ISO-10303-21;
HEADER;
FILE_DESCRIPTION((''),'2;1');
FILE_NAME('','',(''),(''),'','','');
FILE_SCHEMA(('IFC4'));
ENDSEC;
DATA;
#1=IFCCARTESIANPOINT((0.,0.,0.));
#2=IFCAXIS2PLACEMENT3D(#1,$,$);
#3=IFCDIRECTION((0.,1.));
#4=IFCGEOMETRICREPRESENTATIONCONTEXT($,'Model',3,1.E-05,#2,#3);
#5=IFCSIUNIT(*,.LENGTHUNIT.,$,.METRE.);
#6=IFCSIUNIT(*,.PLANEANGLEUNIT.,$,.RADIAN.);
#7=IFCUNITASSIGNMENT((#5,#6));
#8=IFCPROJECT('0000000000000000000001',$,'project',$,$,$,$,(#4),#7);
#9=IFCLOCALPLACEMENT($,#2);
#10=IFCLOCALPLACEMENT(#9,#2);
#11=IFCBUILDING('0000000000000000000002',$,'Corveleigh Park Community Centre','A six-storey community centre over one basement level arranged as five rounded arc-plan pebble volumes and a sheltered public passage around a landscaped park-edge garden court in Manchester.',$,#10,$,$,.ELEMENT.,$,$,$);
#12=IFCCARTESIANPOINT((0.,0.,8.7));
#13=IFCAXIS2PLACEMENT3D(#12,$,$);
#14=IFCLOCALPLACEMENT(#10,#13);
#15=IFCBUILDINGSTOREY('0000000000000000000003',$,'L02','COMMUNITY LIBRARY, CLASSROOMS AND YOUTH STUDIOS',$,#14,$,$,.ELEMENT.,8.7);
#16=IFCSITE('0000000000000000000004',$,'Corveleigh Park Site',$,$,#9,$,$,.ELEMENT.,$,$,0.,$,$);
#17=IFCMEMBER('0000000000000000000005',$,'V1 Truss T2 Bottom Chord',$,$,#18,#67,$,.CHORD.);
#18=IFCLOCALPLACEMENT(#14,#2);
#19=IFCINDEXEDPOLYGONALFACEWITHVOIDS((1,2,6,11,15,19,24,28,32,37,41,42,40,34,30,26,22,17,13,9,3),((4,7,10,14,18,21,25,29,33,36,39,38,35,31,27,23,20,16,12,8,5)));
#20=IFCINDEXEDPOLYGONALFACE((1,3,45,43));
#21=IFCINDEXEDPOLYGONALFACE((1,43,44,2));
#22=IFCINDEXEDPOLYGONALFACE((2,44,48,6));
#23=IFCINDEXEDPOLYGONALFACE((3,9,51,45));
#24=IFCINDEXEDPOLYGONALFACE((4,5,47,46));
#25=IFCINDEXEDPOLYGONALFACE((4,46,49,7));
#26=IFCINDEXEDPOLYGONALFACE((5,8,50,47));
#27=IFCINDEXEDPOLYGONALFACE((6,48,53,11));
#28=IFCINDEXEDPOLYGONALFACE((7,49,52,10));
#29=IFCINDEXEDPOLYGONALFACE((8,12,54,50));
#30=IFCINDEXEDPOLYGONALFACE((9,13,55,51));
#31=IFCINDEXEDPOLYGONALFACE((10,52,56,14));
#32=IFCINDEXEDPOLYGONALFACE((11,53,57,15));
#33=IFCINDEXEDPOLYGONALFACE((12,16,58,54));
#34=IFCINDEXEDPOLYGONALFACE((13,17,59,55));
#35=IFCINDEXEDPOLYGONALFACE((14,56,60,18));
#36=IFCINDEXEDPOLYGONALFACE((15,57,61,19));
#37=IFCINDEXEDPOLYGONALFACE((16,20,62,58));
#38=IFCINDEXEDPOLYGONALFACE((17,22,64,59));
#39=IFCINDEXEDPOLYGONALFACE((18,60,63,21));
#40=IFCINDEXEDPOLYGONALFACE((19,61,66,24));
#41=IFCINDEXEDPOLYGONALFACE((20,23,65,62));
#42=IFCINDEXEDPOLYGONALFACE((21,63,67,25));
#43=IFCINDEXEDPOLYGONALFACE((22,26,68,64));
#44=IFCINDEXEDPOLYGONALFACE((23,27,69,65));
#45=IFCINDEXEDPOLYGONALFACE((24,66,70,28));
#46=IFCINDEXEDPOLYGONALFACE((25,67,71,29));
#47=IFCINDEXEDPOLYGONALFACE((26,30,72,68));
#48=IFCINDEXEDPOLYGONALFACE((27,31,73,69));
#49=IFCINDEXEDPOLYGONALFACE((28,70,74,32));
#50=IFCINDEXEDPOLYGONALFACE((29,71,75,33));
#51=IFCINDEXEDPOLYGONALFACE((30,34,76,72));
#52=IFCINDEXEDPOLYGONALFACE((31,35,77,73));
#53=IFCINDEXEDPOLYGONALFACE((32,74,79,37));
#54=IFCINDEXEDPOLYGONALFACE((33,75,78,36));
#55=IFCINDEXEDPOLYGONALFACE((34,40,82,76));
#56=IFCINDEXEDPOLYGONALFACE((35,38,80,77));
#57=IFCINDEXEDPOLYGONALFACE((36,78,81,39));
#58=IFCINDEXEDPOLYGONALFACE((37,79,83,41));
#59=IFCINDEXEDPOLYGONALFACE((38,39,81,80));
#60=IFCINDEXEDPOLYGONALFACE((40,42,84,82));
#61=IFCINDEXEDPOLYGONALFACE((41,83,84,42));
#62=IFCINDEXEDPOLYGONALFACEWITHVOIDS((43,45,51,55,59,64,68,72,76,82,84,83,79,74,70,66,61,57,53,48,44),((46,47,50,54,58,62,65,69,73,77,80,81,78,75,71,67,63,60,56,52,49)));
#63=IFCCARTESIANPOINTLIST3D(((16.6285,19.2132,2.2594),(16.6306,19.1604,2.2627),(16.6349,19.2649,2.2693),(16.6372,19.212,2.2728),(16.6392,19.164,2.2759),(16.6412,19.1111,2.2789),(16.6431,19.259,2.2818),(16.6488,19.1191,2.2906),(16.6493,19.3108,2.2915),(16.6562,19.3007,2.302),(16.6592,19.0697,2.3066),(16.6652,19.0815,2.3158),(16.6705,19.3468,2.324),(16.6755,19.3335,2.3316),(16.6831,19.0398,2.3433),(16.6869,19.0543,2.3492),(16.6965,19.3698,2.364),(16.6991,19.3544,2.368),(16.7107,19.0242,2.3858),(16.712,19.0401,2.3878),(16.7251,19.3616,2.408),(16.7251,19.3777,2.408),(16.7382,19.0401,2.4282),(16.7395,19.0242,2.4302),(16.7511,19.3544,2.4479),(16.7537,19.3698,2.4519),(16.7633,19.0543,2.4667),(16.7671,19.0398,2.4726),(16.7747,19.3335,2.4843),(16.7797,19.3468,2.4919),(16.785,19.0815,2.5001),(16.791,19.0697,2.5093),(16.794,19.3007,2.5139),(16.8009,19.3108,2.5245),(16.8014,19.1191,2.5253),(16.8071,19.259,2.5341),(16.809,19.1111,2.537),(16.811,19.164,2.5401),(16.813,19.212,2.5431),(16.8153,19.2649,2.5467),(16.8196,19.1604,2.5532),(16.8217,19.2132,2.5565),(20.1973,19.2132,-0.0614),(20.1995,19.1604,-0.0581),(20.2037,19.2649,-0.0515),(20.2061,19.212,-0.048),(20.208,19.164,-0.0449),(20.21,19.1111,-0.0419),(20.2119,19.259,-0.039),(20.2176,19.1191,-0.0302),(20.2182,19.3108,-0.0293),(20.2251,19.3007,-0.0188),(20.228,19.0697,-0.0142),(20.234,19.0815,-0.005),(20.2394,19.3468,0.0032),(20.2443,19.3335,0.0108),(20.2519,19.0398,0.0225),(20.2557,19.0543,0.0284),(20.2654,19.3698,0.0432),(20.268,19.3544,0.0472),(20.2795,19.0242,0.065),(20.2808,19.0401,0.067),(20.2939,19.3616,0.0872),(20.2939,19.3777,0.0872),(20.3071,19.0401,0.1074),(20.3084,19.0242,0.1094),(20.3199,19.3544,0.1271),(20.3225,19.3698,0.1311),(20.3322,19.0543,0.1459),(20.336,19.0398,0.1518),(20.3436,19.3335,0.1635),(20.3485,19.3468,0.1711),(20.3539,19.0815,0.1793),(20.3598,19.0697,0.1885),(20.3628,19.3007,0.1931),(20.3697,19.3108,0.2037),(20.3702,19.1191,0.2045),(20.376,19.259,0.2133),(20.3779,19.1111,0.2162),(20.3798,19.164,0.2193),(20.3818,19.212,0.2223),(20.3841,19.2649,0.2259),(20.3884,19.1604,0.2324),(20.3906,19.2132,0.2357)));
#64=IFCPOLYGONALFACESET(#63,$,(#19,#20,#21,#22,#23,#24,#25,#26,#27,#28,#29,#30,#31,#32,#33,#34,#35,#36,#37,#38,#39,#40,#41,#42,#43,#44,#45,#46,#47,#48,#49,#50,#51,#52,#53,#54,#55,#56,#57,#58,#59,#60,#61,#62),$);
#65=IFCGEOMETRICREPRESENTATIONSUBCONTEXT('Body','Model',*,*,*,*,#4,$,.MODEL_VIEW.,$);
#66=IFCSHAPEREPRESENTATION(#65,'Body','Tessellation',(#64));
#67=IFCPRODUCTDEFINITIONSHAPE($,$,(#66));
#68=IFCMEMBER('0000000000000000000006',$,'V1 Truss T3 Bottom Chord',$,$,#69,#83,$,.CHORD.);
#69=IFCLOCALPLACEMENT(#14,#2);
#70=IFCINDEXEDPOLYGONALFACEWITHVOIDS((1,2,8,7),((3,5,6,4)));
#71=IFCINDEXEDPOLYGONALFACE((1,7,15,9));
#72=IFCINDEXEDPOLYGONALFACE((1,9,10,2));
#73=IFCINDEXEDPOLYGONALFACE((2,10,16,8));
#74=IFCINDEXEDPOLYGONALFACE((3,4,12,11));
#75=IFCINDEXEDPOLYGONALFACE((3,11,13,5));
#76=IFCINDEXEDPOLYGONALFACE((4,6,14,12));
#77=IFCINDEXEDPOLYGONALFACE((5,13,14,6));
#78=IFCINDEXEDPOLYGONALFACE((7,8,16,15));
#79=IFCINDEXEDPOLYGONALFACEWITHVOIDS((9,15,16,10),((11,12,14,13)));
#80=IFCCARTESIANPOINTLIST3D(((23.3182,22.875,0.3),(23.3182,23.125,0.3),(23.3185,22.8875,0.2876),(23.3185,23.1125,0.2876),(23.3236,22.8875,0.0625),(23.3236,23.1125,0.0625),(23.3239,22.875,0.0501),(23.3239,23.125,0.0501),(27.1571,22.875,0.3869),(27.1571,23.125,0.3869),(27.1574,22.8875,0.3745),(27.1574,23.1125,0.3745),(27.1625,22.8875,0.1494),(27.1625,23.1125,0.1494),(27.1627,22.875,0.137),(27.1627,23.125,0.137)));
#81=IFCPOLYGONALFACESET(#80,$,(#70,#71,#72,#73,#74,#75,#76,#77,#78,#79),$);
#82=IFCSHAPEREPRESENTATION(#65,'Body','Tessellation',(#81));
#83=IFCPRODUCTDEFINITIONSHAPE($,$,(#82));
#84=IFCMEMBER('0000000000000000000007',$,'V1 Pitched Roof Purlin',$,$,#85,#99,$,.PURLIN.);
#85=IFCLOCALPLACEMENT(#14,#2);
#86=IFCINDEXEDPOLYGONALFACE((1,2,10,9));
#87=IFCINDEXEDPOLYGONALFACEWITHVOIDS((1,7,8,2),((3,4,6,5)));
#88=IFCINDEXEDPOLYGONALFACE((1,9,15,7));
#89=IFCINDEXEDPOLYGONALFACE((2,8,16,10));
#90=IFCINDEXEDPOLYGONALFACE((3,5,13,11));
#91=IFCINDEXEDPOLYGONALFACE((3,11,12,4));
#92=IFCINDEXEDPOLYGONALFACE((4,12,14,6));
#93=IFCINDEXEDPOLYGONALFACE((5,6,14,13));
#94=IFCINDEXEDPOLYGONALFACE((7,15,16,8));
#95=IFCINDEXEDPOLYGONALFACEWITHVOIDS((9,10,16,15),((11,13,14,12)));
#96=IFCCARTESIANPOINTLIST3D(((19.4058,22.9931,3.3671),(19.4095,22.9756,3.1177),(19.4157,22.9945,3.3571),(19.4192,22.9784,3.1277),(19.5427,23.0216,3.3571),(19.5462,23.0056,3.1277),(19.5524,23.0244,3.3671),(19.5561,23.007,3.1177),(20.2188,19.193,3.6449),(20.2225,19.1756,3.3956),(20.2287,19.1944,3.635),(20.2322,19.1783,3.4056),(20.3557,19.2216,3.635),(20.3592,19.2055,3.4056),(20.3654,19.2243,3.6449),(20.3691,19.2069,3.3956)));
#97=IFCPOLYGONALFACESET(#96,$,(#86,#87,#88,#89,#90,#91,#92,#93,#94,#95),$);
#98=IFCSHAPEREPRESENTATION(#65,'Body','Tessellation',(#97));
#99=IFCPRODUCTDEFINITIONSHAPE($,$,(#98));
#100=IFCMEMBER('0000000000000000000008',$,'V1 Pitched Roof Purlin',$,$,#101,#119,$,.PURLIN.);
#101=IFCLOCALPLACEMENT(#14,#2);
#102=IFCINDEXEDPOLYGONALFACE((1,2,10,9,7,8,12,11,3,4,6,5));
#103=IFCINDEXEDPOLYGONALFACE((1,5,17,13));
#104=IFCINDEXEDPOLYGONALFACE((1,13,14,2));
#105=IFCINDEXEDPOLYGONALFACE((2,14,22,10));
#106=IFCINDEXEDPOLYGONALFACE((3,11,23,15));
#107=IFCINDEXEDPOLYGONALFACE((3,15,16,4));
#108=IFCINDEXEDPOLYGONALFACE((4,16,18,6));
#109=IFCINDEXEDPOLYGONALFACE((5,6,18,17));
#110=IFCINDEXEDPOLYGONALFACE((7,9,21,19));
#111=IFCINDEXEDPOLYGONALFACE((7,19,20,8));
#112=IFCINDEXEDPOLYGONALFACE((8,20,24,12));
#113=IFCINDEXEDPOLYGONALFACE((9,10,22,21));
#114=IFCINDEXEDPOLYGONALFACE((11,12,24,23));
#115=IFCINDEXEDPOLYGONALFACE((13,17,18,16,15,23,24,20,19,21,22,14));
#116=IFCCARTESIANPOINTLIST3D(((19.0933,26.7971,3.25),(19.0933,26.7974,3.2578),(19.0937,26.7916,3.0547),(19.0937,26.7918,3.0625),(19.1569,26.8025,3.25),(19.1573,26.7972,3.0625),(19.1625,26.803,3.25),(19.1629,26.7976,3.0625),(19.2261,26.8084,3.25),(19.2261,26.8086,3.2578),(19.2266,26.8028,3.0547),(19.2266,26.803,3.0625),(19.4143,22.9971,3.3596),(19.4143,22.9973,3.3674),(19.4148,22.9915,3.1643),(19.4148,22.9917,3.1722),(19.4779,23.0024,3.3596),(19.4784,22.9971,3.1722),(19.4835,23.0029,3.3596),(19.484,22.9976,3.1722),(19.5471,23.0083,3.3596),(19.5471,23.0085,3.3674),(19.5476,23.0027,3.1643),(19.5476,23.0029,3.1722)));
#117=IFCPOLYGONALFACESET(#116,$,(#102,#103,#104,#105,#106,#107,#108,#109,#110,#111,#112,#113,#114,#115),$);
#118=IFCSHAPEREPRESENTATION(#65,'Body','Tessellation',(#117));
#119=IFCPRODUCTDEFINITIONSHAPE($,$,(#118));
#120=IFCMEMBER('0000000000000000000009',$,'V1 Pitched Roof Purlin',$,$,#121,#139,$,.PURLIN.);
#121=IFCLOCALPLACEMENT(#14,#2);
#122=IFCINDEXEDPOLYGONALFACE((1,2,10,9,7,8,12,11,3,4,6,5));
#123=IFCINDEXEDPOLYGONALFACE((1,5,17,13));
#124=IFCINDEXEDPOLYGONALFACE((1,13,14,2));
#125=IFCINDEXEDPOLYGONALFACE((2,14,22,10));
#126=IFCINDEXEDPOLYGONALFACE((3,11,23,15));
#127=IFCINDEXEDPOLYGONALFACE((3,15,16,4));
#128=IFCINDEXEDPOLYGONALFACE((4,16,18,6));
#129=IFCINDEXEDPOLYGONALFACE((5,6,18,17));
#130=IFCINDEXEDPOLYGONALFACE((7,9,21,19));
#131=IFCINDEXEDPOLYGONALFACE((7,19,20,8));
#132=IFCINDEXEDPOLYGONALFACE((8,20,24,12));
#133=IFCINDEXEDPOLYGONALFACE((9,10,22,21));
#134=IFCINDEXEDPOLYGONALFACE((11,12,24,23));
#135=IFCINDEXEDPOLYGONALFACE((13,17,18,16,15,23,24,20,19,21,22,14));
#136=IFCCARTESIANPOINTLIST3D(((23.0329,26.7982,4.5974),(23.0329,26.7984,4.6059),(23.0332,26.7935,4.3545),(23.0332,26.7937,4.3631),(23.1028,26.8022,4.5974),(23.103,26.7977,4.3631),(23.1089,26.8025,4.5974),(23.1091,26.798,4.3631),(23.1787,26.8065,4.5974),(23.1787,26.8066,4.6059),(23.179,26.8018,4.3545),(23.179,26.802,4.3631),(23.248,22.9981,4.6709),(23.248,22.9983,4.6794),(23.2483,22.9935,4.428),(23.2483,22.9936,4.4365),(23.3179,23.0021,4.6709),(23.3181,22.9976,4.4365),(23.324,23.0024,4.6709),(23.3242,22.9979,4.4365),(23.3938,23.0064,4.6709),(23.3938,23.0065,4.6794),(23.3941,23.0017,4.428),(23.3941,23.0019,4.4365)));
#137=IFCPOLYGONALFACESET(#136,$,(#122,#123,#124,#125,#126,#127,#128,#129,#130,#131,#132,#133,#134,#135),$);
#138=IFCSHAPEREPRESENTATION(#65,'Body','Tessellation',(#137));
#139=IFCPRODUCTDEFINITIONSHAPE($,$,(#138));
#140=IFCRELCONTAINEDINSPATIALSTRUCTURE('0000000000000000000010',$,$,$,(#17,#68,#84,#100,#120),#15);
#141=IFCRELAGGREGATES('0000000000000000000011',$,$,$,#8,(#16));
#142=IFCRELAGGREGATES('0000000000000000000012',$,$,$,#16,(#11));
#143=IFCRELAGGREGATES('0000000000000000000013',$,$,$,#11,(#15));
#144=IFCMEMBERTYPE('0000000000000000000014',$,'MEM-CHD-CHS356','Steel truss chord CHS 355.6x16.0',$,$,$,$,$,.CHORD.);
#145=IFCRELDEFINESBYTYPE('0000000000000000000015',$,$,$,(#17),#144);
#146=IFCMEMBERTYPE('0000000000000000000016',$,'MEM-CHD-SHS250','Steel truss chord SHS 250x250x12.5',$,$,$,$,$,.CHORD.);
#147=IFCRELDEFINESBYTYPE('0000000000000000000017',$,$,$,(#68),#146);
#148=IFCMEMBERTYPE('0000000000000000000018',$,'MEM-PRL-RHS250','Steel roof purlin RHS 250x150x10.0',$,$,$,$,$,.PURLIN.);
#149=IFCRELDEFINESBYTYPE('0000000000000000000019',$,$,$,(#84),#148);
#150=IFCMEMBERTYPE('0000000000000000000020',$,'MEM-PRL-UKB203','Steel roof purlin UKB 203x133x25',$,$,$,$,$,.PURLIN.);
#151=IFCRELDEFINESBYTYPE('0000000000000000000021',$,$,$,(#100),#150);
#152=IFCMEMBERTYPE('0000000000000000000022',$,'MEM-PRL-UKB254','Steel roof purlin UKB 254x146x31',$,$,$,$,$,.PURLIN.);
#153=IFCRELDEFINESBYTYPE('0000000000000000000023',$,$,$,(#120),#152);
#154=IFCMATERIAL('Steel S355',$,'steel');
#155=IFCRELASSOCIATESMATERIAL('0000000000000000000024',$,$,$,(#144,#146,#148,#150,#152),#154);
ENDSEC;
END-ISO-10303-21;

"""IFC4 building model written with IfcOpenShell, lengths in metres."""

from ifc_helpers import new_model, si_unit, direction, frame, origin, origin_2d, place, context, subcontext, project, spatial, hollow_rectangle, hollow_circle, i_section, extrude, material, material_profile, profile_set, type_object, element, save


model = new_model("IFC4")

# Units and contexts
model_context = context("Model", 3, precision=1e-05, world=origin(), true_north=direction((0.0, 1.0)))
body_context = subcontext(model_context, "Body", "Model", "MODEL_VIEW")
ifc_project = project(units=[si_unit("LENGTHUNIT", "METRE"), si_unit("PLANEANGLEUNIT", "RADIAN")], contexts=[model_context])

# Site, building, storey
site_placement = place(None, origin())
site = spatial("IfcSite", under=ifc_project, at=site_placement, Name="Corveleigh Park Site", CompositionType="ELEMENT", RefElevation=0.0)
building_placement = place(site_placement, origin())
building = spatial("IfcBuilding", under=site, at=building_placement, Name="Corveleigh Park Community Centre", Description="A six-storey community centre over one basement level arranged as five rounded arc-plan pebble volumes and a sheltered public passage around a landscaped park-edge garden court in Manchester.", CompositionType="ELEMENT")
storey_placement = place(building_placement, frame((0.0, 0.0, 8.7)))
storey = spatial("IfcBuildingStorey", under=building, at=storey_placement, Name="L02", Description="COMMUNITY LIBRARY, CLASSROOMS AND YOUTH STUDIOS", CompositionType="ELEMENT", Elevation=8.7)

# Shared definitions
ifc_material_1 = material(Name="Steel S355", Category="steel")

# Members
ifc_material_profile_1 = material_profile(ifc_material_1, hollow_circle(Radius=0.1777, WallThickness=0.0161, at=origin_2d()), Name="CHS 355.6x16.0", Category="steel")
ifc_profile_set_1 = profile_set([ifc_material_profile_1], Name="Steel S355")
member_type_1 = type_object("IfcMemberType", Name="MEM-CHD-CHS356", Description="Steel truss chord CHS 355.6x16.0", PredefinedType="CHORD", material=ifc_profile_set_1)
member_1_placement = place(storey_placement, frame((16.7251, 19.2, 2.408), z_axis=(0.838331, 0.0, -0.545162), x_axis=(0.0, 1.0, 0.0)))
element("IfcMember", 1, at=member_1_placement, inside=storey, type_object=member_type_1, Name="V1 Truss T2 Bottom Chord", PredefinedType="CHORD", context=body_context, shape_type="SweptSolid", body=[
    extrude(hollow_circle(Radius=0.1777, WallThickness=0.0161, at=origin_2d()), origin(), (0.0, 0.0, 1.0), 4.2571),
])
ifc_material_profile_2 = material_profile(ifc_material_1, hollow_rectangle(XDim=0.25, YDim=0.25, WallThickness=0.0125, at=origin_2d()), Name="SHS 250x250x12.5", Category="steel")
ifc_profile_set_2 = profile_set([ifc_material_profile_2], Name="Steel S355")
member_type_2 = type_object("IfcMemberType", Name="MEM-CHD-SHS250", Description="Steel truss chord SHS 250x250x12.5", PredefinedType="CHORD", material=ifc_profile_set_2)
member_2_placement = place(storey_placement, frame((23.321, 23.0, 0.175), z_axis=(0.999744, 0.0, 0.022635), x_axis=(0.0, 1.0, 0.0)))
element("IfcMember", 2, at=member_2_placement, inside=storey, type_object=member_type_2, Name="V1 Truss T3 Bottom Chord", PredefinedType="CHORD", context=body_context, shape_type="SweptSolid", body=[
    extrude(hollow_rectangle(XDim=0.25, YDim=0.25, WallThickness=0.0125, at=origin_2d()), origin(), (0.0, 0.0, 1.0), 3.8398),
])
ifc_material_profile_3 = material_profile(ifc_material_1, hollow_rectangle(XDim=0.1499, YDim=0.25, WallThickness=0.01, at=origin_2d()), Name="RHS 250x150x10.0", Category="steel")
ifc_profile_set_3 = profile_set([ifc_material_profile_3], Name="Steel S355")
member_type_3 = type_object("IfcMemberType", Name="MEM-PRL-RHS250", Description="Steel roof purlin RHS 250x150x10.0", PredefinedType="PURLIN", material=ifc_profile_set_3)
member_3_placement = place(storey_placement, frame((20.2939, 19.2, 3.5203), z_axis=(-0.208675, 0.975382, -0.071313), x_axis=(-0.977871, -0.209207, 0.0)))
element("IfcMember", 3, at=member_3_placement, inside=storey, type_object=member_type_3, Name="V1 Pitched Roof Purlin", PredefinedType="PURLIN", context=body_context, shape_type="SweptSolid", body=[
    extrude(hollow_rectangle(XDim=0.1499, YDim=0.25, WallThickness=0.01, at=origin_2d()), origin(), (0.0, 0.0, 1.0), 3.896),
])
ifc_material_profile_4 = material_profile(ifc_material_1, i_section(OverallWidth=0.1333, OverallDepth=0.2031, WebThickness=0.0056, FlangeThickness=0.0078, at=origin_2d()), Name="UKB 203x133x25", Category="steel")
ifc_profile_set_4 = profile_set([ifc_material_profile_4], Name="Steel S355")
member_type_4 = type_object("IfcMemberType", Name="MEM-PRL-UKB203", Description="Steel roof purlin UKB 203x133x25", PredefinedType="PURLIN", material=ifc_profile_set_4)
member_4_placement = place(storey_placement, frame((19.481, 23.0, 3.2659), z_axis=(-0.08415, 0.996039, -0.028733), x_axis=(-0.99645, -0.084185, 0.0)))
element("IfcMember", 4, at=member_4_placement, inside=storey, type_object=member_type_4, Name="V1 Pitched Roof Purlin", PredefinedType="PURLIN", context=body_context, shape_type="SweptSolid", body=[
    extrude(i_section(OverallWidth=0.1333, OverallDepth=0.2031, WebThickness=0.0056, FlangeThickness=0.0078, at=origin_2d()), origin(), (0.0, 0.0, 1.0), 3.8152),
])
ifc_material_profile_5 = material_profile(ifc_material_1, i_section(OverallWidth=0.146, OverallDepth=0.2515, WebThickness=0.0061, FlangeThickness=0.0085, at=origin_2d()), Name="UKB 254x146x31", Category="steel")
ifc_profile_set_5 = profile_set([ifc_material_profile_5], Name="Steel S355")
member_type_5 = type_object("IfcMemberType", Name="MEM-PRL-UKB254", Description="Steel roof purlin UKB 254x146x31", PredefinedType="PURLIN", material=ifc_profile_set_5)
member_5_placement = place(storey_placement, frame((23.321, 23.0, 4.5537), z_axis=(-0.0565, 0.998216, -0.019304), x_axis=(-0.998402, -0.056511, 0.0)))
element("IfcMember", 5, at=member_5_placement, inside=storey, type_object=member_type_5, Name="V1 Pitched Roof Purlin", PredefinedType="PURLIN", context=body_context, shape_type="SweptSolid", body=[
    extrude(i_section(OverallWidth=0.146, OverallDepth=0.2515, WebThickness=0.0061, FlangeThickness=0.0085, at=origin_2d()), origin(), (0.0, 0.0, 1.0), 3.8069),
])

save(model, "model.ifc")
